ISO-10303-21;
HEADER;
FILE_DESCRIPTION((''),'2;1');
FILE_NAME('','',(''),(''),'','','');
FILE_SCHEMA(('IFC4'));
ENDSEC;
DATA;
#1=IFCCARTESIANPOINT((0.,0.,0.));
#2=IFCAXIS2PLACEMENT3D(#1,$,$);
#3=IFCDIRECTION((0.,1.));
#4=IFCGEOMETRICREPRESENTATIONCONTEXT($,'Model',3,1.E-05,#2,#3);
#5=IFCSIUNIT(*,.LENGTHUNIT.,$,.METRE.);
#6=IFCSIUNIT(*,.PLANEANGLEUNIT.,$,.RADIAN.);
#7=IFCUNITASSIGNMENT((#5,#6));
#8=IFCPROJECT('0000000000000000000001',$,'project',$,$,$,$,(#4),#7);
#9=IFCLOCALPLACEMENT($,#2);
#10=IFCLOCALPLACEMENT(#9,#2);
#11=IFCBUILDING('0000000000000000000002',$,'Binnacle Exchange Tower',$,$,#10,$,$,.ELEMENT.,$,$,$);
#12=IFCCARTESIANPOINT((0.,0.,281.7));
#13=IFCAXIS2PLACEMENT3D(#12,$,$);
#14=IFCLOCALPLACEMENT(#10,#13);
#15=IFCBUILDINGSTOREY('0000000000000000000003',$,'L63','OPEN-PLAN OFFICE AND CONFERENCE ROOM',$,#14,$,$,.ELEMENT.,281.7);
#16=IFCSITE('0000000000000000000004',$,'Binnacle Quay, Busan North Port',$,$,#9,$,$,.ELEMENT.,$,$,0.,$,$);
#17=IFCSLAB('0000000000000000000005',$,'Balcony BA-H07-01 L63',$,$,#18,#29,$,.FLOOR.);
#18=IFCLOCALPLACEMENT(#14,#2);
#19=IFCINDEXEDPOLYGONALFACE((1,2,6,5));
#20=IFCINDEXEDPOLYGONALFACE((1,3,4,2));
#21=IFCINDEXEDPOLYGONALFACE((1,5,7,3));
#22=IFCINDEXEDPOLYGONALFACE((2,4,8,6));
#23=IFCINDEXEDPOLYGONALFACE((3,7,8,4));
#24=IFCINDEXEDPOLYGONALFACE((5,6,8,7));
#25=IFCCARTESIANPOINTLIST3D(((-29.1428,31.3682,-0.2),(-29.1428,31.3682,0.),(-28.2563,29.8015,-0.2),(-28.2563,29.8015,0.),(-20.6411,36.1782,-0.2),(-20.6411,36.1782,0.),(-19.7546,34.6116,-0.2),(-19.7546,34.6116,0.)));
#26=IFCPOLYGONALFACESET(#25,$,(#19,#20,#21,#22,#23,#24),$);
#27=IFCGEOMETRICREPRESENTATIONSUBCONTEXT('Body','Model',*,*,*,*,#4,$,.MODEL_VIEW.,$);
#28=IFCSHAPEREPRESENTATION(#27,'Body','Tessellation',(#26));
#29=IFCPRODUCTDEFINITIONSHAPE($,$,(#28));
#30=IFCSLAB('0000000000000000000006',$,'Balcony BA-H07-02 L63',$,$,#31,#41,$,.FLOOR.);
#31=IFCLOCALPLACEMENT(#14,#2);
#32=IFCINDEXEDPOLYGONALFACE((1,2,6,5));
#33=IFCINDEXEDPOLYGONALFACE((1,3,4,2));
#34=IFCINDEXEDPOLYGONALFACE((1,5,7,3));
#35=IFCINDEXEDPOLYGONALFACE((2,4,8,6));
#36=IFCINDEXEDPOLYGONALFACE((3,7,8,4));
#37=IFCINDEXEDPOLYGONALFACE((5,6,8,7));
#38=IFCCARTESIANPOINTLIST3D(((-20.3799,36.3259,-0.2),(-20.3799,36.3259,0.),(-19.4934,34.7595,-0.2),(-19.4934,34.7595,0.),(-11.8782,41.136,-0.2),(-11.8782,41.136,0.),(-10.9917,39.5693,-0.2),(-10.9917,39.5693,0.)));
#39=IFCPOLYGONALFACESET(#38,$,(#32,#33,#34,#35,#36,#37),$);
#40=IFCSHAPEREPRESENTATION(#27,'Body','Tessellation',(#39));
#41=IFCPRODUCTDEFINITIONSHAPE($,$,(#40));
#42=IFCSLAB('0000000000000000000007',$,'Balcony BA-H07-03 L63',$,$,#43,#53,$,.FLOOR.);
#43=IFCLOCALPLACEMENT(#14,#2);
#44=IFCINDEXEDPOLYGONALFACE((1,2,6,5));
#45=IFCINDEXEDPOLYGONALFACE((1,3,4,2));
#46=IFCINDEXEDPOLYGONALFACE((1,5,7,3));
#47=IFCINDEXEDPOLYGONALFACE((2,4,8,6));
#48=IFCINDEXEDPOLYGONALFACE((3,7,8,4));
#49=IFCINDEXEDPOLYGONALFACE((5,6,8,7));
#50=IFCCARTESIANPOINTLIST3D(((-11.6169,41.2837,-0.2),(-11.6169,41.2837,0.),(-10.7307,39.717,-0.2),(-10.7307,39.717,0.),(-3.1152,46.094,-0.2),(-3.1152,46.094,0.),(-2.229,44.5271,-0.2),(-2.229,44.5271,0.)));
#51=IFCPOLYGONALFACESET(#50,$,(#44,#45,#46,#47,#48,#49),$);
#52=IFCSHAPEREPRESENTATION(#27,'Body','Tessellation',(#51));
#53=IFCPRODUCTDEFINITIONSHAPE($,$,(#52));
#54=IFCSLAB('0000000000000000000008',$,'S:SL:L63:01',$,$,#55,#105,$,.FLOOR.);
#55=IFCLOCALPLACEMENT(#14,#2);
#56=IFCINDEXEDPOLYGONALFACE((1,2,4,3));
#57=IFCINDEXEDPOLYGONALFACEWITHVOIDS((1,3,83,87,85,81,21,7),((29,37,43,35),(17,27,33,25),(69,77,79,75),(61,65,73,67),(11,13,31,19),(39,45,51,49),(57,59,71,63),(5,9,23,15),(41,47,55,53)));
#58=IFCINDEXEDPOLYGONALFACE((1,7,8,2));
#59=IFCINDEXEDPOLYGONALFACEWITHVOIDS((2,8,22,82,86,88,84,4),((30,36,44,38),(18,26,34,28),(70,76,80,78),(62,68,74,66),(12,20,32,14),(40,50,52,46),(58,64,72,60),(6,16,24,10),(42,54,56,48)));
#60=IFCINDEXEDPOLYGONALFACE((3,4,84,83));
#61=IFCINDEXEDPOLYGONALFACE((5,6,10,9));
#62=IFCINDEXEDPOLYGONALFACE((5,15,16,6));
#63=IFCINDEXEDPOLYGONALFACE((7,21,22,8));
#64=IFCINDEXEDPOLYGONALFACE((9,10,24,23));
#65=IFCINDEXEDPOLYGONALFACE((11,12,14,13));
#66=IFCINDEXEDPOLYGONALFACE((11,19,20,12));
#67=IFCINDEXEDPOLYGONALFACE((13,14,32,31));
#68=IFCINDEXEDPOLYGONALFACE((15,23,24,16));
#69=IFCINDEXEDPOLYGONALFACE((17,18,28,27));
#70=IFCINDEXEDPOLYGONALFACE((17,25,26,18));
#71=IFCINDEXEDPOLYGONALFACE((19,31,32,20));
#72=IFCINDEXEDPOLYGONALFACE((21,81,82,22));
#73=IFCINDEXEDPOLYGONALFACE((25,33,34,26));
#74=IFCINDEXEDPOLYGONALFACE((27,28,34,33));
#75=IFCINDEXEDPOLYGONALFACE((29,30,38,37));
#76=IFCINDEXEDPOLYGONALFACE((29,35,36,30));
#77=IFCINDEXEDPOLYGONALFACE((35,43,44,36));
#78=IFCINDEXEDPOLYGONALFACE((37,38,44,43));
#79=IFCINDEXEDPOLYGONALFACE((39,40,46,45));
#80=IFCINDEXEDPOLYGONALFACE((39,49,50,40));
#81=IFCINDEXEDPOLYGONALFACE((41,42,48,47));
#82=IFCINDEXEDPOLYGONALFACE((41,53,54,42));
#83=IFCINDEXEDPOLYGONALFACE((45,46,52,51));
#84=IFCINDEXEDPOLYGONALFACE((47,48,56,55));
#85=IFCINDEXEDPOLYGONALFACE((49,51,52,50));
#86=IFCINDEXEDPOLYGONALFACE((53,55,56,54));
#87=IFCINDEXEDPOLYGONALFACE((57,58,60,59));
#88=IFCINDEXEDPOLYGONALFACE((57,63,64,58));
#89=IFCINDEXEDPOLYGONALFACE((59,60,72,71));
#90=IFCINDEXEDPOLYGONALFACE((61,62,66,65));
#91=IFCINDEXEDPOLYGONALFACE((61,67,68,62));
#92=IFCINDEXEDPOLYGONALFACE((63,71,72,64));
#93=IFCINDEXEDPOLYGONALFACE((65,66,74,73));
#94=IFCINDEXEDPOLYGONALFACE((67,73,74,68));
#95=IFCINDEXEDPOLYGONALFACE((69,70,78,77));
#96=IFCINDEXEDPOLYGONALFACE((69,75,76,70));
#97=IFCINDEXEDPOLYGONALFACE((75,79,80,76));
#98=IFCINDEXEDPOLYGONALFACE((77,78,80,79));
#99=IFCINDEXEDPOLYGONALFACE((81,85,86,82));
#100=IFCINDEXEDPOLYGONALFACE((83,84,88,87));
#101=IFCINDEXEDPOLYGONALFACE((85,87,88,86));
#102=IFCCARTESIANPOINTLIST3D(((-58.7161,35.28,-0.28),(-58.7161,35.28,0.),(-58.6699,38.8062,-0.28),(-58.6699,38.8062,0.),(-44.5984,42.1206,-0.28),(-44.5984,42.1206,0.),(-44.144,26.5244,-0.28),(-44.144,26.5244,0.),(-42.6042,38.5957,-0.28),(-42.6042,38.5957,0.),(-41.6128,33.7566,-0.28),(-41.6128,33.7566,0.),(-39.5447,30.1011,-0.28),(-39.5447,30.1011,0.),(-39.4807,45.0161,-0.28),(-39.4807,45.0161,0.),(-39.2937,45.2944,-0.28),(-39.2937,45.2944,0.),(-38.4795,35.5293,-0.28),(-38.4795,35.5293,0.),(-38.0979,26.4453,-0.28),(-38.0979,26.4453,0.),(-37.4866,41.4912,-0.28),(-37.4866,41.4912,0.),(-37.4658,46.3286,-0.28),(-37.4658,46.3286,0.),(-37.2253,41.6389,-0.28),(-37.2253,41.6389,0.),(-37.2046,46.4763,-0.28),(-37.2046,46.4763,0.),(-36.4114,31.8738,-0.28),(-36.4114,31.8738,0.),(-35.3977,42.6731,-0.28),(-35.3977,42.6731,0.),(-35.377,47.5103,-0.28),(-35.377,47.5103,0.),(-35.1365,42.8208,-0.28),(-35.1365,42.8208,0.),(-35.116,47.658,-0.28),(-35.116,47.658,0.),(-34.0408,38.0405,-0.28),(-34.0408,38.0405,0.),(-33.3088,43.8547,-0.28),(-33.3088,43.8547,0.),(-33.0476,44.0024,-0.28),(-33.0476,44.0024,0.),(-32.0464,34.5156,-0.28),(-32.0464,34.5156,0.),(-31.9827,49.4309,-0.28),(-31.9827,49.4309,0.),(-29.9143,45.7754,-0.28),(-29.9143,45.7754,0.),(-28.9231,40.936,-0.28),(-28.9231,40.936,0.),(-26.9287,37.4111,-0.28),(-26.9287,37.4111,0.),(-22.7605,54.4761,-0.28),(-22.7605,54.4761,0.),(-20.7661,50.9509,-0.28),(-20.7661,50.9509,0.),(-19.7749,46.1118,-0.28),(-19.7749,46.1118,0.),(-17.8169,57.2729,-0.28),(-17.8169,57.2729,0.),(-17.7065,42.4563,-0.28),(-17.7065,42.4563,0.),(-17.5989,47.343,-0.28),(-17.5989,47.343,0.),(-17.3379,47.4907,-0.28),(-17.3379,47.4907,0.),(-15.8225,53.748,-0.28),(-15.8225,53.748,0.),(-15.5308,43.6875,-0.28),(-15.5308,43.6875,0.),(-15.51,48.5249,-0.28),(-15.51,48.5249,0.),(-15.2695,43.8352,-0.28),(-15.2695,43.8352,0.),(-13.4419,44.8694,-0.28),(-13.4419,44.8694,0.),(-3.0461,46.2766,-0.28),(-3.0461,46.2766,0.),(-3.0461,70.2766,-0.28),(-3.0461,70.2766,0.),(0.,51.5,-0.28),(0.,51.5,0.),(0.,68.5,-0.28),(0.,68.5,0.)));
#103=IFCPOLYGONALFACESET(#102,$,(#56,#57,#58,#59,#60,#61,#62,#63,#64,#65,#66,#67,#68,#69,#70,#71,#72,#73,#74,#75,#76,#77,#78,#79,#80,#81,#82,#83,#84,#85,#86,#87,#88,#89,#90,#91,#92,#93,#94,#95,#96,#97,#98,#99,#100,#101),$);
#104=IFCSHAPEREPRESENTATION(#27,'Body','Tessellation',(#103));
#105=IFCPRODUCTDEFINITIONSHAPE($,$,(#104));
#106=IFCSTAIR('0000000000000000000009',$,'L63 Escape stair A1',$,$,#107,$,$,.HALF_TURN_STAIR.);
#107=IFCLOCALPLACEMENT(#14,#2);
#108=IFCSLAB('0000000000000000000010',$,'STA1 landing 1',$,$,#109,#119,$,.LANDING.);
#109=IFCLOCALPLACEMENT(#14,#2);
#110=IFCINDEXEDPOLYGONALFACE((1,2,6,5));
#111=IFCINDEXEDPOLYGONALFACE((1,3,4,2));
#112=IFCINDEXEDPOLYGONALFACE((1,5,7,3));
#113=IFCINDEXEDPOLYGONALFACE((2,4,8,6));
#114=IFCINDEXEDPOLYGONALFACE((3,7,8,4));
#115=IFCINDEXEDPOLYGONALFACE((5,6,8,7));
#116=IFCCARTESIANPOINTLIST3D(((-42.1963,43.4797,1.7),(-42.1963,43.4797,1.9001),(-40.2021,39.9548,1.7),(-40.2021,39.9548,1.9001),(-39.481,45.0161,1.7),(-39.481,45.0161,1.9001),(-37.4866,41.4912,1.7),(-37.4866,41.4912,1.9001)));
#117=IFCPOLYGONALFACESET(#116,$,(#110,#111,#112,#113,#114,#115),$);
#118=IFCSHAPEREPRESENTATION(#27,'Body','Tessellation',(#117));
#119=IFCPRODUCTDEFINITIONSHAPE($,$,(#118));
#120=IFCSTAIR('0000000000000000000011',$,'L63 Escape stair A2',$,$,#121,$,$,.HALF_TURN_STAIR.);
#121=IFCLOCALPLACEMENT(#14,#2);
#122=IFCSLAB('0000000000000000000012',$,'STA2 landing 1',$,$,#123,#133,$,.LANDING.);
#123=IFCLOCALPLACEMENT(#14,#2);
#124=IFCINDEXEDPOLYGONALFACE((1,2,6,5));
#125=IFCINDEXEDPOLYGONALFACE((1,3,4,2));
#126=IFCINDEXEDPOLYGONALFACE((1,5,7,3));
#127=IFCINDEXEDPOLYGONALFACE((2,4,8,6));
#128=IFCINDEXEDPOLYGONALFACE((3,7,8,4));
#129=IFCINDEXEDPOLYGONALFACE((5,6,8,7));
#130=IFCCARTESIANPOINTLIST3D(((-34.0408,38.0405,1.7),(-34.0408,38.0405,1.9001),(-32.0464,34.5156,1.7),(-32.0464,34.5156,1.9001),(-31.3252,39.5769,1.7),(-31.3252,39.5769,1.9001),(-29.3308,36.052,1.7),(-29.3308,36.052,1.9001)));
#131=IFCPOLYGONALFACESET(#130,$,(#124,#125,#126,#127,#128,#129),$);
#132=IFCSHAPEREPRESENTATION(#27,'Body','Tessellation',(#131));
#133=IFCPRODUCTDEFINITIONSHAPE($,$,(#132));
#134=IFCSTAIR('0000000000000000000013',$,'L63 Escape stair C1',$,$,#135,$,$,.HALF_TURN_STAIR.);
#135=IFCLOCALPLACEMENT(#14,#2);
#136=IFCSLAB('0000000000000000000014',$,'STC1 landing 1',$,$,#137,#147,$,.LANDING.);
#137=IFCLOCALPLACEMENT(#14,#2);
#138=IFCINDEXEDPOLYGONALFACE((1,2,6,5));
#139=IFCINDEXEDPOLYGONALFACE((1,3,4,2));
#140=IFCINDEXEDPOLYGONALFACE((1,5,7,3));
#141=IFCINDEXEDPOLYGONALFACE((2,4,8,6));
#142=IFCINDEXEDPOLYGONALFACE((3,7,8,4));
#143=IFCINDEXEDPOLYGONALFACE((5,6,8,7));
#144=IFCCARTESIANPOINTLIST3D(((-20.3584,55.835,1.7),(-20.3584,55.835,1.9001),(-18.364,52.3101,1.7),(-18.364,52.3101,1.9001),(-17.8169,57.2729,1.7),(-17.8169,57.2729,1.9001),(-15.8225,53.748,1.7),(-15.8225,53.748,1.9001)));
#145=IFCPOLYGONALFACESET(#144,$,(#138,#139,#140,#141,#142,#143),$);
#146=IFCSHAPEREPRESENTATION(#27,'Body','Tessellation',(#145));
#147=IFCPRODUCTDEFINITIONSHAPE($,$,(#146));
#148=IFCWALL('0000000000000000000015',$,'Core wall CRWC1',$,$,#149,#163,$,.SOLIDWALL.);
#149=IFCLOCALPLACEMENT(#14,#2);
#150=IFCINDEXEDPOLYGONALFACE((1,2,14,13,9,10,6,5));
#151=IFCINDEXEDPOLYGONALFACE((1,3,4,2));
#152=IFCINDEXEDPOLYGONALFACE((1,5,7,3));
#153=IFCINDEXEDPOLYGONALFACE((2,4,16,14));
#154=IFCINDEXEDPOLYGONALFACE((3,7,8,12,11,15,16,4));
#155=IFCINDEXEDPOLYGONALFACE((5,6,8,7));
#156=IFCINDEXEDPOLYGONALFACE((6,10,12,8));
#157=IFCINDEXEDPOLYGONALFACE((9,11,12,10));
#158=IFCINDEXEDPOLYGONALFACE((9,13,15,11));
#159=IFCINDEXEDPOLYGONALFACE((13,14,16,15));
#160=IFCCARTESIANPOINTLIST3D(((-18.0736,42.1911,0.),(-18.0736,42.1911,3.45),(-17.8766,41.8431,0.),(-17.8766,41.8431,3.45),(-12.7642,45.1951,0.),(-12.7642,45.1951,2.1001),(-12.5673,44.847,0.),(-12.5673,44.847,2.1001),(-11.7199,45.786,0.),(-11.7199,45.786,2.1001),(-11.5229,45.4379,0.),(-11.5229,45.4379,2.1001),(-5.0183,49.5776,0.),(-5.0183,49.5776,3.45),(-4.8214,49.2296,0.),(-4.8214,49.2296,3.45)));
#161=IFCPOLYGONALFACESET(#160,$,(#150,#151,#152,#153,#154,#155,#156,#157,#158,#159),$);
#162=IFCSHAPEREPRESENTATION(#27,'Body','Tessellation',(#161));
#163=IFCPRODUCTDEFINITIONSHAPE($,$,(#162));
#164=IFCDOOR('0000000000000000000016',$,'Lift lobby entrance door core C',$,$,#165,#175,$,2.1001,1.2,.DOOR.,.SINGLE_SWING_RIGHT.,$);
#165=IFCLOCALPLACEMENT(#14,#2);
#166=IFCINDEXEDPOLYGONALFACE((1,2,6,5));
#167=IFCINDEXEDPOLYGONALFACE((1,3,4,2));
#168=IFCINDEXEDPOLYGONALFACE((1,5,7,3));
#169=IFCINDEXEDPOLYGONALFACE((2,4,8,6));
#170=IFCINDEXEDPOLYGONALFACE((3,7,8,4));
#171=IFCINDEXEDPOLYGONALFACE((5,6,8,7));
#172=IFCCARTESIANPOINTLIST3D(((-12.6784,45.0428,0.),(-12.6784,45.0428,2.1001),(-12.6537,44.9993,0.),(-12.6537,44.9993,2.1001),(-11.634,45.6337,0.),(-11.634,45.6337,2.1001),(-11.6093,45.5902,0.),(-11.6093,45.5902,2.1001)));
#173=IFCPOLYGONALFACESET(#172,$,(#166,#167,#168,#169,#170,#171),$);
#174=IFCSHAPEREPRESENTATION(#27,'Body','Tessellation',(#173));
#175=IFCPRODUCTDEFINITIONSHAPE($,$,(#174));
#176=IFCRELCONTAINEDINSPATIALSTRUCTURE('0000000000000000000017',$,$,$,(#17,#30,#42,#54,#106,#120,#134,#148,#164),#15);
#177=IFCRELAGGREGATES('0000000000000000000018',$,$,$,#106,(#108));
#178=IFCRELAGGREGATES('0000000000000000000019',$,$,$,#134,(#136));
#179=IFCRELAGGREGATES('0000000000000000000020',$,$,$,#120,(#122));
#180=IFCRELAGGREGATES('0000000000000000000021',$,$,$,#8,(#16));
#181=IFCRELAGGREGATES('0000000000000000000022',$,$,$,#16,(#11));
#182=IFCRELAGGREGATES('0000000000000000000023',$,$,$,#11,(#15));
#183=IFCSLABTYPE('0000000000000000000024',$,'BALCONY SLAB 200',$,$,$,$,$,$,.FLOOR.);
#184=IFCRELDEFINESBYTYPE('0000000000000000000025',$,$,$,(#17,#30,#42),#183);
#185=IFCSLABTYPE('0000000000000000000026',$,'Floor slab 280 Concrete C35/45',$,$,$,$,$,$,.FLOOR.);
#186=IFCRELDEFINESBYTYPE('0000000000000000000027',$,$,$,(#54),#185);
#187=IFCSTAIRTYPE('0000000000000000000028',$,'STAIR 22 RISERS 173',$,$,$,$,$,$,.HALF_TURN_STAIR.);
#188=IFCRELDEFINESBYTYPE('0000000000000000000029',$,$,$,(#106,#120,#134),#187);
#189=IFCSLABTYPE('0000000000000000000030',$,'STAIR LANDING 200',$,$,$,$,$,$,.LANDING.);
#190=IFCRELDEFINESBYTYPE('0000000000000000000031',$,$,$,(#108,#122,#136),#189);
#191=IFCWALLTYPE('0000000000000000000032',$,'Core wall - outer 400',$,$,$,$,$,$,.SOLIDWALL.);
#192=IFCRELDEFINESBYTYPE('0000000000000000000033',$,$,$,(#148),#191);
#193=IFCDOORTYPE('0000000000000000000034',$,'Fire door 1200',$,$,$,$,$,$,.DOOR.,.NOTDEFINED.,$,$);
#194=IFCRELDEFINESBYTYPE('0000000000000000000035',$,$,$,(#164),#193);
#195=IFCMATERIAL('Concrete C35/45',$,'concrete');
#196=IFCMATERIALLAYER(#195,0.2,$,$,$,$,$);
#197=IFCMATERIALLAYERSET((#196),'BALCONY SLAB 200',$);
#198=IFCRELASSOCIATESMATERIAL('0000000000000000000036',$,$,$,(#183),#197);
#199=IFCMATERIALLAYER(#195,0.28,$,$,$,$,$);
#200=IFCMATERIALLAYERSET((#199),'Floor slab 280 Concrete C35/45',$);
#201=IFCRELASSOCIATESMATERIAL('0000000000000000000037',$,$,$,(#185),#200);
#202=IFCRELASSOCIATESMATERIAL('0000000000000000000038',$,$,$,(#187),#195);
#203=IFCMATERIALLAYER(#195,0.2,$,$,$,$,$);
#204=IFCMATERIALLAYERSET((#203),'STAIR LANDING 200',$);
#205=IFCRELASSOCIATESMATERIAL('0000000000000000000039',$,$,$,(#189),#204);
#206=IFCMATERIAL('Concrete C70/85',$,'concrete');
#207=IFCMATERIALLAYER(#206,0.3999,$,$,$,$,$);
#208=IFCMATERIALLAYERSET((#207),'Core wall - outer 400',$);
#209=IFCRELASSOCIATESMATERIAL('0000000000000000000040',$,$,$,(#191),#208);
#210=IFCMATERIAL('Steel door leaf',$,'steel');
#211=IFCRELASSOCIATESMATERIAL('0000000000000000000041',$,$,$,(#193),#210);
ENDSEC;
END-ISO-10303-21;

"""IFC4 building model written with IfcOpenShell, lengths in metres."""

from ifc_helpers import new_model, si_unit, direction, frame, frame_2d, origin, place, context, subcontext, project, spatial, polyline, rectangle, outline, extrude, material, layer, layer_set, type_object, element, fill, aggregate, save


model = new_model("IFC4")

# Units and contexts
model_context = context("Model", 3, precision=1e-05, world=origin(), true_north=direction((0.0, 1.0)))
body_context = subcontext(model_context, "Body", "Model", "MODEL_VIEW")
ifc_project = project(units=[si_unit("LENGTHUNIT", "METRE"), si_unit("PLANEANGLEUNIT", "RADIAN")], contexts=[model_context])

# Site, building, storey
site_placement = place(None, origin())
site = spatial("IfcSite", under=ifc_project, at=site_placement, Name="Binnacle Quay, Busan North Port", CompositionType="ELEMENT", RefElevation=0.0)
building_placement = place(site_placement, origin())
building = spatial("IfcBuilding", under=site, at=building_placement, Name="Binnacle Exchange Tower", CompositionType="ELEMENT")
storey_placement = place(building_placement, frame((0.0, 0.0, 281.7)))
storey = spatial("IfcBuildingStorey", under=building, at=storey_placement, Name="L63", Description="OPEN-PLAN OFFICE AND CONFERENCE ROOM", CompositionType="ELEMENT", Elevation=281.7)

# Slabs
ifc_material_1 = material(Name="Concrete C35/45", Category="concrete")
ifc_layer_1 = layer(ifc_material_1, 0.2)
ifc_layer_set_1 = layer_set([ifc_layer_1], Name="BALCONY SLAB 200")
slab_type_1 = type_object("IfcSlabType", Name="BALCONY SLAB 200", PredefinedType="FLOOR", material=ifc_layer_set_1)
slab_1_placement = place(storey_placement, frame((0.0, 0.0, -0.2)))
element("IfcSlab", 1, at=slab_1_placement, inside=storey, type_object=slab_type_1, Name="Balcony BA-H07-01 L63", PredefinedType="FLOOR", context=body_context, shape_type="SweptSolid", body=[
    extrude(outline(polyline([(-29.1428, 31.3682), (-20.6411, 36.1782), (-19.7546, 34.6116), (-28.2563, 29.8015), (-29.1428, 31.3682)])), origin(), (0.0, 0.0, 1.0), 0.2),
])
slab_2_placement = place(storey_placement, frame((0.0, 0.0, -0.2)))
element("IfcSlab", 2, at=slab_2_placement, inside=storey, type_object=slab_type_1, Name="Balcony BA-H07-02 L63", PredefinedType="FLOOR", context=body_context, shape_type="SweptSolid", body=[
    extrude(outline(polyline([(-20.3799, 36.3259), (-11.8782, 41.136), (-10.9917, 39.5693), (-19.4934, 34.7595), (-20.3799, 36.3259)])), origin(), (0.0, 0.0, 1.0), 0.2),
])
slab_3_placement = place(storey_placement, frame((0.0, 0.0, -0.2)))
element("IfcSlab", 3, at=slab_3_placement, inside=storey, type_object=slab_type_1, Name="Balcony BA-H07-03 L63", PredefinedType="FLOOR", context=body_context, shape_type="SweptSolid", body=[
    extrude(outline(polyline([(-11.6169, 41.2837), (-3.1152, 46.094), (-2.229, 44.5271), (-10.7307, 39.717), (-11.6169, 41.2837)])), origin(), (0.0, 0.0, 1.0), 0.2),
])
ifc_layer_2 = layer(ifc_material_1, 0.28)
ifc_layer_set_2 = layer_set([ifc_layer_2], Name="Floor slab 280 Concrete C35/45")
slab_type_2 = type_object("IfcSlabType", Name="Floor slab 280 Concrete C35/45", PredefinedType="FLOOR", material=ifc_layer_set_2)
slab_4_placement = place(storey_placement, frame((0.0, 0.0, -0.28)))
element("IfcSlab", 4, at=slab_4_placement, inside=storey, type_object=slab_type_2, Name="S:SL:L63:01", PredefinedType="FLOOR", context=body_context, shape_type="SweptSolid", body=[
    extrude(outline(polyline([(-38.0979, 26.4453), (-44.144, 26.5244), (-58.7161, 35.28), (-58.6699, 38.8062), (-3.0461, 70.2766), (0.0, 68.5), (0.0, 51.5), (-3.0461, 46.2766), (-38.0979, 26.4453)]), holes=[polyline([(-38.4795, 35.5293), (-41.6128, 33.7566), (-39.5447, 30.1011), (-36.4114, 31.8738), (-38.4795, 35.5293)]), polyline([(-32.0464, 34.5156), (-26.9287, 37.4111), (-28.9231, 40.936), (-34.0408, 38.0405), (-32.0464, 34.5156)]), polyline([(-39.4807, 45.0161), (-44.5984, 42.1206), (-42.6042, 38.5957), (-37.4866, 41.4912), (-39.4807, 45.0161)]), polyline([(-37.4658, 46.3286), (-39.2937, 45.2944), (-37.2253, 41.6389), (-35.3977, 42.6731), (-37.4658, 46.3286)]), polyline([(-17.5989, 47.343), (-19.7749, 46.1118), (-17.7065, 42.4563), (-15.5308, 43.6875), (-17.5989, 47.343)]), polyline([(-35.377, 47.5103), (-37.2046, 46.4763), (-35.1365, 42.8208), (-33.3088, 43.8547), (-35.377, 47.5103)]), polyline([(-15.51, 48.5249), (-17.3379, 47.4907), (-15.2695, 43.8352), (-13.4419, 44.8694), (-15.51, 48.5249)]), polyline([(-29.9143, 45.7754), (-31.9827, 49.4309), (-35.116, 47.658), (-33.0476, 44.0024), (-29.9143, 45.7754)]), polyline([(-15.8225, 53.748), (-17.8169, 57.2729), (-22.7605, 54.4761), (-20.7661, 50.9509), (-15.8225, 53.748)])]), origin(), (0.0, 0.0, 1.0), 0.28),
])

# Stairs, slabs
stair_type = type_object("IfcStairType", Name="STAIR 22 RISERS 173", PredefinedType="HALF_TURN_STAIR", material=ifc_material_1)
stair_1_placement = place(storey_placement, origin())
stair_1 = element("IfcStair", 5, at=stair_1_placement, inside=storey, type_object=stair_type, Name="L63 Escape stair A1", PredefinedType="HALF_TURN_STAIR")
ifc_layer_3 = layer(ifc_material_1, 0.2)
ifc_layer_set_3 = layer_set([ifc_layer_3], Name="STAIR LANDING 200")
slab_type_3 = type_object("IfcSlabType", Name="STAIR LANDING 200", PredefinedType="LANDING", material=ifc_layer_set_3)
slab_5_placement = place(storey_placement, frame((0.0, 0.0, 1.7)))
slab_5 = element("IfcSlab", 6, at=slab_5_placement, type_object=slab_type_3, Name="STA1 landing 1", PredefinedType="LANDING", context=body_context, shape_type="SweptSolid", body=[
    extrude(outline(polyline([(-40.2021, 39.9548), (-37.4866, 41.4912), (-39.481, 45.0161), (-42.1963, 43.4797), (-40.2021, 39.9548)])), origin(), (0.0, 0.0, 1.0), 0.2002),
])
aggregate(stair_1, [slab_5])
stair_2_placement = place(storey_placement, origin())
stair_2 = element("IfcStair", 7, at=stair_2_placement, inside=storey, type_object=stair_type, Name="L63 Escape stair A2", PredefinedType="HALF_TURN_STAIR")
slab_6_placement = place(storey_placement, frame((0.0, 0.0, 1.7)))
slab_6 = element("IfcSlab", 8, at=slab_6_placement, type_object=slab_type_3, Name="STA2 landing 1", PredefinedType="LANDING", context=body_context, shape_type="SweptSolid", body=[
    extrude(outline(polyline([(-31.3252, 39.5769), (-34.0408, 38.0405), (-32.0464, 34.5156), (-29.3308, 36.052), (-31.3252, 39.5769)])), origin(), (0.0, 0.0, 1.0), 0.2002),
])
stair_3_placement = place(storey_placement, origin())
stair_3 = element("IfcStair", 9, at=stair_3_placement, inside=storey, type_object=stair_type, Name="L63 Escape stair C1", PredefinedType="HALF_TURN_STAIR")
slab_7_placement = place(storey_placement, frame((0.0, 0.0, 1.7)))
slab_7 = element("IfcSlab", 10, at=slab_7_placement, type_object=slab_type_3, Name="STC1 landing 1", PredefinedType="LANDING", context=body_context, shape_type="SweptSolid", body=[
    extrude(outline(polyline([(-18.364, 52.3101), (-15.8225, 53.748), (-17.8169, 57.2729), (-20.3584, 55.835), (-18.364, 52.3101)])), origin(), (0.0, 0.0, 1.0), 0.2002),
])
aggregate(stair_3, [slab_7])

# Wall, opening, door
ifc_material_2 = material(Name="Concrete C70/85", Category="concrete")
ifc_layer_4 = layer(ifc_material_2, 0.3999)
ifc_layer_set_4 = layer_set([ifc_layer_4], Name="Core wall - outer 400")
wall_type_1 = type_object("IfcWallType", Name="Core wall - outer 400", PredefinedType="SOLIDWALL", material=ifc_layer_set_4)
wall_1_placement = place(storey_placement, frame((-17.9751, 42.0171, 0.0), z_axis=(0.0, 0.0, 1.0), x_axis=(0.87035, 0.492434, 0.0)))
wall_1 = element("IfcWall", 11, at=wall_1_placement, inside=storey, type_object=wall_type_1, Name="Core wall CRWC1", PredefinedType="SOLIDWALL", context=body_context, shape_type="SweptSolid", body=[
    extrude(rectangle(XDim=15.0, YDim=0.3999, at=frame_2d((7.5, 0.0))), origin(), (0.0, 0.0, 1.0), 3.45),
])
opening_1_placement = place(wall_1_placement, frame((6.1001, 0.0, 0.0)))
opening_1 = element("IfcOpeningElement", 12, at=opening_1_placement, cuts=wall_1, PredefinedType="OPENING", context=body_context, shape_type="SweptSolid", body=[
    extrude(rectangle(XDim=1.2, YDim=2.1001, at=frame_2d((0.6001, 1.05))), frame((0.0, 0.21, 0.0), z_axis=(0.0, -1.0, 0.0), x_axis=(1.0, 0.0, 0.0)), (0.0, 0.0, 1.0), 0.4199),
])
ifc_material_3 = material(Name="Steel door leaf", Category="steel")
door_type_1 = type_object("IfcDoorType", Name="Fire door 1200", OperationType="NOTDEFINED", PredefinedType="DOOR", material=ifc_material_3)
door_1_placement = place(opening_1_placement, frame((1.2, 0.0, 0.0), z_axis=(0.0, 0.0, 1.0), x_axis=(-1.0, 0.0, 0.0)))
door_1 = element("IfcDoor", 13, at=door_1_placement, inside=storey, type_object=door_type_1, Name="Lift lobby entrance door core C", OperationType="SINGLE_SWING_RIGHT", OverallHeight=2.1001, OverallWidth=1.2, PredefinedType="DOOR", context=body_context, shape_type="SweptSolid", body=[
    extrude(rectangle(XDim=1.2, YDim=2.1001, at=frame_2d((0.6001, 1.05))), frame((0.0, 0.0249, 0.0), z_axis=(0.0, -1.0, 0.0), x_axis=(1.0, 0.0, 0.0)), (0.0, 0.0, 1.0), 0.05),
])
fill(opening_1, door_1)

aggregate(stair_2, [slab_6])

save(model, "model.ifc")
